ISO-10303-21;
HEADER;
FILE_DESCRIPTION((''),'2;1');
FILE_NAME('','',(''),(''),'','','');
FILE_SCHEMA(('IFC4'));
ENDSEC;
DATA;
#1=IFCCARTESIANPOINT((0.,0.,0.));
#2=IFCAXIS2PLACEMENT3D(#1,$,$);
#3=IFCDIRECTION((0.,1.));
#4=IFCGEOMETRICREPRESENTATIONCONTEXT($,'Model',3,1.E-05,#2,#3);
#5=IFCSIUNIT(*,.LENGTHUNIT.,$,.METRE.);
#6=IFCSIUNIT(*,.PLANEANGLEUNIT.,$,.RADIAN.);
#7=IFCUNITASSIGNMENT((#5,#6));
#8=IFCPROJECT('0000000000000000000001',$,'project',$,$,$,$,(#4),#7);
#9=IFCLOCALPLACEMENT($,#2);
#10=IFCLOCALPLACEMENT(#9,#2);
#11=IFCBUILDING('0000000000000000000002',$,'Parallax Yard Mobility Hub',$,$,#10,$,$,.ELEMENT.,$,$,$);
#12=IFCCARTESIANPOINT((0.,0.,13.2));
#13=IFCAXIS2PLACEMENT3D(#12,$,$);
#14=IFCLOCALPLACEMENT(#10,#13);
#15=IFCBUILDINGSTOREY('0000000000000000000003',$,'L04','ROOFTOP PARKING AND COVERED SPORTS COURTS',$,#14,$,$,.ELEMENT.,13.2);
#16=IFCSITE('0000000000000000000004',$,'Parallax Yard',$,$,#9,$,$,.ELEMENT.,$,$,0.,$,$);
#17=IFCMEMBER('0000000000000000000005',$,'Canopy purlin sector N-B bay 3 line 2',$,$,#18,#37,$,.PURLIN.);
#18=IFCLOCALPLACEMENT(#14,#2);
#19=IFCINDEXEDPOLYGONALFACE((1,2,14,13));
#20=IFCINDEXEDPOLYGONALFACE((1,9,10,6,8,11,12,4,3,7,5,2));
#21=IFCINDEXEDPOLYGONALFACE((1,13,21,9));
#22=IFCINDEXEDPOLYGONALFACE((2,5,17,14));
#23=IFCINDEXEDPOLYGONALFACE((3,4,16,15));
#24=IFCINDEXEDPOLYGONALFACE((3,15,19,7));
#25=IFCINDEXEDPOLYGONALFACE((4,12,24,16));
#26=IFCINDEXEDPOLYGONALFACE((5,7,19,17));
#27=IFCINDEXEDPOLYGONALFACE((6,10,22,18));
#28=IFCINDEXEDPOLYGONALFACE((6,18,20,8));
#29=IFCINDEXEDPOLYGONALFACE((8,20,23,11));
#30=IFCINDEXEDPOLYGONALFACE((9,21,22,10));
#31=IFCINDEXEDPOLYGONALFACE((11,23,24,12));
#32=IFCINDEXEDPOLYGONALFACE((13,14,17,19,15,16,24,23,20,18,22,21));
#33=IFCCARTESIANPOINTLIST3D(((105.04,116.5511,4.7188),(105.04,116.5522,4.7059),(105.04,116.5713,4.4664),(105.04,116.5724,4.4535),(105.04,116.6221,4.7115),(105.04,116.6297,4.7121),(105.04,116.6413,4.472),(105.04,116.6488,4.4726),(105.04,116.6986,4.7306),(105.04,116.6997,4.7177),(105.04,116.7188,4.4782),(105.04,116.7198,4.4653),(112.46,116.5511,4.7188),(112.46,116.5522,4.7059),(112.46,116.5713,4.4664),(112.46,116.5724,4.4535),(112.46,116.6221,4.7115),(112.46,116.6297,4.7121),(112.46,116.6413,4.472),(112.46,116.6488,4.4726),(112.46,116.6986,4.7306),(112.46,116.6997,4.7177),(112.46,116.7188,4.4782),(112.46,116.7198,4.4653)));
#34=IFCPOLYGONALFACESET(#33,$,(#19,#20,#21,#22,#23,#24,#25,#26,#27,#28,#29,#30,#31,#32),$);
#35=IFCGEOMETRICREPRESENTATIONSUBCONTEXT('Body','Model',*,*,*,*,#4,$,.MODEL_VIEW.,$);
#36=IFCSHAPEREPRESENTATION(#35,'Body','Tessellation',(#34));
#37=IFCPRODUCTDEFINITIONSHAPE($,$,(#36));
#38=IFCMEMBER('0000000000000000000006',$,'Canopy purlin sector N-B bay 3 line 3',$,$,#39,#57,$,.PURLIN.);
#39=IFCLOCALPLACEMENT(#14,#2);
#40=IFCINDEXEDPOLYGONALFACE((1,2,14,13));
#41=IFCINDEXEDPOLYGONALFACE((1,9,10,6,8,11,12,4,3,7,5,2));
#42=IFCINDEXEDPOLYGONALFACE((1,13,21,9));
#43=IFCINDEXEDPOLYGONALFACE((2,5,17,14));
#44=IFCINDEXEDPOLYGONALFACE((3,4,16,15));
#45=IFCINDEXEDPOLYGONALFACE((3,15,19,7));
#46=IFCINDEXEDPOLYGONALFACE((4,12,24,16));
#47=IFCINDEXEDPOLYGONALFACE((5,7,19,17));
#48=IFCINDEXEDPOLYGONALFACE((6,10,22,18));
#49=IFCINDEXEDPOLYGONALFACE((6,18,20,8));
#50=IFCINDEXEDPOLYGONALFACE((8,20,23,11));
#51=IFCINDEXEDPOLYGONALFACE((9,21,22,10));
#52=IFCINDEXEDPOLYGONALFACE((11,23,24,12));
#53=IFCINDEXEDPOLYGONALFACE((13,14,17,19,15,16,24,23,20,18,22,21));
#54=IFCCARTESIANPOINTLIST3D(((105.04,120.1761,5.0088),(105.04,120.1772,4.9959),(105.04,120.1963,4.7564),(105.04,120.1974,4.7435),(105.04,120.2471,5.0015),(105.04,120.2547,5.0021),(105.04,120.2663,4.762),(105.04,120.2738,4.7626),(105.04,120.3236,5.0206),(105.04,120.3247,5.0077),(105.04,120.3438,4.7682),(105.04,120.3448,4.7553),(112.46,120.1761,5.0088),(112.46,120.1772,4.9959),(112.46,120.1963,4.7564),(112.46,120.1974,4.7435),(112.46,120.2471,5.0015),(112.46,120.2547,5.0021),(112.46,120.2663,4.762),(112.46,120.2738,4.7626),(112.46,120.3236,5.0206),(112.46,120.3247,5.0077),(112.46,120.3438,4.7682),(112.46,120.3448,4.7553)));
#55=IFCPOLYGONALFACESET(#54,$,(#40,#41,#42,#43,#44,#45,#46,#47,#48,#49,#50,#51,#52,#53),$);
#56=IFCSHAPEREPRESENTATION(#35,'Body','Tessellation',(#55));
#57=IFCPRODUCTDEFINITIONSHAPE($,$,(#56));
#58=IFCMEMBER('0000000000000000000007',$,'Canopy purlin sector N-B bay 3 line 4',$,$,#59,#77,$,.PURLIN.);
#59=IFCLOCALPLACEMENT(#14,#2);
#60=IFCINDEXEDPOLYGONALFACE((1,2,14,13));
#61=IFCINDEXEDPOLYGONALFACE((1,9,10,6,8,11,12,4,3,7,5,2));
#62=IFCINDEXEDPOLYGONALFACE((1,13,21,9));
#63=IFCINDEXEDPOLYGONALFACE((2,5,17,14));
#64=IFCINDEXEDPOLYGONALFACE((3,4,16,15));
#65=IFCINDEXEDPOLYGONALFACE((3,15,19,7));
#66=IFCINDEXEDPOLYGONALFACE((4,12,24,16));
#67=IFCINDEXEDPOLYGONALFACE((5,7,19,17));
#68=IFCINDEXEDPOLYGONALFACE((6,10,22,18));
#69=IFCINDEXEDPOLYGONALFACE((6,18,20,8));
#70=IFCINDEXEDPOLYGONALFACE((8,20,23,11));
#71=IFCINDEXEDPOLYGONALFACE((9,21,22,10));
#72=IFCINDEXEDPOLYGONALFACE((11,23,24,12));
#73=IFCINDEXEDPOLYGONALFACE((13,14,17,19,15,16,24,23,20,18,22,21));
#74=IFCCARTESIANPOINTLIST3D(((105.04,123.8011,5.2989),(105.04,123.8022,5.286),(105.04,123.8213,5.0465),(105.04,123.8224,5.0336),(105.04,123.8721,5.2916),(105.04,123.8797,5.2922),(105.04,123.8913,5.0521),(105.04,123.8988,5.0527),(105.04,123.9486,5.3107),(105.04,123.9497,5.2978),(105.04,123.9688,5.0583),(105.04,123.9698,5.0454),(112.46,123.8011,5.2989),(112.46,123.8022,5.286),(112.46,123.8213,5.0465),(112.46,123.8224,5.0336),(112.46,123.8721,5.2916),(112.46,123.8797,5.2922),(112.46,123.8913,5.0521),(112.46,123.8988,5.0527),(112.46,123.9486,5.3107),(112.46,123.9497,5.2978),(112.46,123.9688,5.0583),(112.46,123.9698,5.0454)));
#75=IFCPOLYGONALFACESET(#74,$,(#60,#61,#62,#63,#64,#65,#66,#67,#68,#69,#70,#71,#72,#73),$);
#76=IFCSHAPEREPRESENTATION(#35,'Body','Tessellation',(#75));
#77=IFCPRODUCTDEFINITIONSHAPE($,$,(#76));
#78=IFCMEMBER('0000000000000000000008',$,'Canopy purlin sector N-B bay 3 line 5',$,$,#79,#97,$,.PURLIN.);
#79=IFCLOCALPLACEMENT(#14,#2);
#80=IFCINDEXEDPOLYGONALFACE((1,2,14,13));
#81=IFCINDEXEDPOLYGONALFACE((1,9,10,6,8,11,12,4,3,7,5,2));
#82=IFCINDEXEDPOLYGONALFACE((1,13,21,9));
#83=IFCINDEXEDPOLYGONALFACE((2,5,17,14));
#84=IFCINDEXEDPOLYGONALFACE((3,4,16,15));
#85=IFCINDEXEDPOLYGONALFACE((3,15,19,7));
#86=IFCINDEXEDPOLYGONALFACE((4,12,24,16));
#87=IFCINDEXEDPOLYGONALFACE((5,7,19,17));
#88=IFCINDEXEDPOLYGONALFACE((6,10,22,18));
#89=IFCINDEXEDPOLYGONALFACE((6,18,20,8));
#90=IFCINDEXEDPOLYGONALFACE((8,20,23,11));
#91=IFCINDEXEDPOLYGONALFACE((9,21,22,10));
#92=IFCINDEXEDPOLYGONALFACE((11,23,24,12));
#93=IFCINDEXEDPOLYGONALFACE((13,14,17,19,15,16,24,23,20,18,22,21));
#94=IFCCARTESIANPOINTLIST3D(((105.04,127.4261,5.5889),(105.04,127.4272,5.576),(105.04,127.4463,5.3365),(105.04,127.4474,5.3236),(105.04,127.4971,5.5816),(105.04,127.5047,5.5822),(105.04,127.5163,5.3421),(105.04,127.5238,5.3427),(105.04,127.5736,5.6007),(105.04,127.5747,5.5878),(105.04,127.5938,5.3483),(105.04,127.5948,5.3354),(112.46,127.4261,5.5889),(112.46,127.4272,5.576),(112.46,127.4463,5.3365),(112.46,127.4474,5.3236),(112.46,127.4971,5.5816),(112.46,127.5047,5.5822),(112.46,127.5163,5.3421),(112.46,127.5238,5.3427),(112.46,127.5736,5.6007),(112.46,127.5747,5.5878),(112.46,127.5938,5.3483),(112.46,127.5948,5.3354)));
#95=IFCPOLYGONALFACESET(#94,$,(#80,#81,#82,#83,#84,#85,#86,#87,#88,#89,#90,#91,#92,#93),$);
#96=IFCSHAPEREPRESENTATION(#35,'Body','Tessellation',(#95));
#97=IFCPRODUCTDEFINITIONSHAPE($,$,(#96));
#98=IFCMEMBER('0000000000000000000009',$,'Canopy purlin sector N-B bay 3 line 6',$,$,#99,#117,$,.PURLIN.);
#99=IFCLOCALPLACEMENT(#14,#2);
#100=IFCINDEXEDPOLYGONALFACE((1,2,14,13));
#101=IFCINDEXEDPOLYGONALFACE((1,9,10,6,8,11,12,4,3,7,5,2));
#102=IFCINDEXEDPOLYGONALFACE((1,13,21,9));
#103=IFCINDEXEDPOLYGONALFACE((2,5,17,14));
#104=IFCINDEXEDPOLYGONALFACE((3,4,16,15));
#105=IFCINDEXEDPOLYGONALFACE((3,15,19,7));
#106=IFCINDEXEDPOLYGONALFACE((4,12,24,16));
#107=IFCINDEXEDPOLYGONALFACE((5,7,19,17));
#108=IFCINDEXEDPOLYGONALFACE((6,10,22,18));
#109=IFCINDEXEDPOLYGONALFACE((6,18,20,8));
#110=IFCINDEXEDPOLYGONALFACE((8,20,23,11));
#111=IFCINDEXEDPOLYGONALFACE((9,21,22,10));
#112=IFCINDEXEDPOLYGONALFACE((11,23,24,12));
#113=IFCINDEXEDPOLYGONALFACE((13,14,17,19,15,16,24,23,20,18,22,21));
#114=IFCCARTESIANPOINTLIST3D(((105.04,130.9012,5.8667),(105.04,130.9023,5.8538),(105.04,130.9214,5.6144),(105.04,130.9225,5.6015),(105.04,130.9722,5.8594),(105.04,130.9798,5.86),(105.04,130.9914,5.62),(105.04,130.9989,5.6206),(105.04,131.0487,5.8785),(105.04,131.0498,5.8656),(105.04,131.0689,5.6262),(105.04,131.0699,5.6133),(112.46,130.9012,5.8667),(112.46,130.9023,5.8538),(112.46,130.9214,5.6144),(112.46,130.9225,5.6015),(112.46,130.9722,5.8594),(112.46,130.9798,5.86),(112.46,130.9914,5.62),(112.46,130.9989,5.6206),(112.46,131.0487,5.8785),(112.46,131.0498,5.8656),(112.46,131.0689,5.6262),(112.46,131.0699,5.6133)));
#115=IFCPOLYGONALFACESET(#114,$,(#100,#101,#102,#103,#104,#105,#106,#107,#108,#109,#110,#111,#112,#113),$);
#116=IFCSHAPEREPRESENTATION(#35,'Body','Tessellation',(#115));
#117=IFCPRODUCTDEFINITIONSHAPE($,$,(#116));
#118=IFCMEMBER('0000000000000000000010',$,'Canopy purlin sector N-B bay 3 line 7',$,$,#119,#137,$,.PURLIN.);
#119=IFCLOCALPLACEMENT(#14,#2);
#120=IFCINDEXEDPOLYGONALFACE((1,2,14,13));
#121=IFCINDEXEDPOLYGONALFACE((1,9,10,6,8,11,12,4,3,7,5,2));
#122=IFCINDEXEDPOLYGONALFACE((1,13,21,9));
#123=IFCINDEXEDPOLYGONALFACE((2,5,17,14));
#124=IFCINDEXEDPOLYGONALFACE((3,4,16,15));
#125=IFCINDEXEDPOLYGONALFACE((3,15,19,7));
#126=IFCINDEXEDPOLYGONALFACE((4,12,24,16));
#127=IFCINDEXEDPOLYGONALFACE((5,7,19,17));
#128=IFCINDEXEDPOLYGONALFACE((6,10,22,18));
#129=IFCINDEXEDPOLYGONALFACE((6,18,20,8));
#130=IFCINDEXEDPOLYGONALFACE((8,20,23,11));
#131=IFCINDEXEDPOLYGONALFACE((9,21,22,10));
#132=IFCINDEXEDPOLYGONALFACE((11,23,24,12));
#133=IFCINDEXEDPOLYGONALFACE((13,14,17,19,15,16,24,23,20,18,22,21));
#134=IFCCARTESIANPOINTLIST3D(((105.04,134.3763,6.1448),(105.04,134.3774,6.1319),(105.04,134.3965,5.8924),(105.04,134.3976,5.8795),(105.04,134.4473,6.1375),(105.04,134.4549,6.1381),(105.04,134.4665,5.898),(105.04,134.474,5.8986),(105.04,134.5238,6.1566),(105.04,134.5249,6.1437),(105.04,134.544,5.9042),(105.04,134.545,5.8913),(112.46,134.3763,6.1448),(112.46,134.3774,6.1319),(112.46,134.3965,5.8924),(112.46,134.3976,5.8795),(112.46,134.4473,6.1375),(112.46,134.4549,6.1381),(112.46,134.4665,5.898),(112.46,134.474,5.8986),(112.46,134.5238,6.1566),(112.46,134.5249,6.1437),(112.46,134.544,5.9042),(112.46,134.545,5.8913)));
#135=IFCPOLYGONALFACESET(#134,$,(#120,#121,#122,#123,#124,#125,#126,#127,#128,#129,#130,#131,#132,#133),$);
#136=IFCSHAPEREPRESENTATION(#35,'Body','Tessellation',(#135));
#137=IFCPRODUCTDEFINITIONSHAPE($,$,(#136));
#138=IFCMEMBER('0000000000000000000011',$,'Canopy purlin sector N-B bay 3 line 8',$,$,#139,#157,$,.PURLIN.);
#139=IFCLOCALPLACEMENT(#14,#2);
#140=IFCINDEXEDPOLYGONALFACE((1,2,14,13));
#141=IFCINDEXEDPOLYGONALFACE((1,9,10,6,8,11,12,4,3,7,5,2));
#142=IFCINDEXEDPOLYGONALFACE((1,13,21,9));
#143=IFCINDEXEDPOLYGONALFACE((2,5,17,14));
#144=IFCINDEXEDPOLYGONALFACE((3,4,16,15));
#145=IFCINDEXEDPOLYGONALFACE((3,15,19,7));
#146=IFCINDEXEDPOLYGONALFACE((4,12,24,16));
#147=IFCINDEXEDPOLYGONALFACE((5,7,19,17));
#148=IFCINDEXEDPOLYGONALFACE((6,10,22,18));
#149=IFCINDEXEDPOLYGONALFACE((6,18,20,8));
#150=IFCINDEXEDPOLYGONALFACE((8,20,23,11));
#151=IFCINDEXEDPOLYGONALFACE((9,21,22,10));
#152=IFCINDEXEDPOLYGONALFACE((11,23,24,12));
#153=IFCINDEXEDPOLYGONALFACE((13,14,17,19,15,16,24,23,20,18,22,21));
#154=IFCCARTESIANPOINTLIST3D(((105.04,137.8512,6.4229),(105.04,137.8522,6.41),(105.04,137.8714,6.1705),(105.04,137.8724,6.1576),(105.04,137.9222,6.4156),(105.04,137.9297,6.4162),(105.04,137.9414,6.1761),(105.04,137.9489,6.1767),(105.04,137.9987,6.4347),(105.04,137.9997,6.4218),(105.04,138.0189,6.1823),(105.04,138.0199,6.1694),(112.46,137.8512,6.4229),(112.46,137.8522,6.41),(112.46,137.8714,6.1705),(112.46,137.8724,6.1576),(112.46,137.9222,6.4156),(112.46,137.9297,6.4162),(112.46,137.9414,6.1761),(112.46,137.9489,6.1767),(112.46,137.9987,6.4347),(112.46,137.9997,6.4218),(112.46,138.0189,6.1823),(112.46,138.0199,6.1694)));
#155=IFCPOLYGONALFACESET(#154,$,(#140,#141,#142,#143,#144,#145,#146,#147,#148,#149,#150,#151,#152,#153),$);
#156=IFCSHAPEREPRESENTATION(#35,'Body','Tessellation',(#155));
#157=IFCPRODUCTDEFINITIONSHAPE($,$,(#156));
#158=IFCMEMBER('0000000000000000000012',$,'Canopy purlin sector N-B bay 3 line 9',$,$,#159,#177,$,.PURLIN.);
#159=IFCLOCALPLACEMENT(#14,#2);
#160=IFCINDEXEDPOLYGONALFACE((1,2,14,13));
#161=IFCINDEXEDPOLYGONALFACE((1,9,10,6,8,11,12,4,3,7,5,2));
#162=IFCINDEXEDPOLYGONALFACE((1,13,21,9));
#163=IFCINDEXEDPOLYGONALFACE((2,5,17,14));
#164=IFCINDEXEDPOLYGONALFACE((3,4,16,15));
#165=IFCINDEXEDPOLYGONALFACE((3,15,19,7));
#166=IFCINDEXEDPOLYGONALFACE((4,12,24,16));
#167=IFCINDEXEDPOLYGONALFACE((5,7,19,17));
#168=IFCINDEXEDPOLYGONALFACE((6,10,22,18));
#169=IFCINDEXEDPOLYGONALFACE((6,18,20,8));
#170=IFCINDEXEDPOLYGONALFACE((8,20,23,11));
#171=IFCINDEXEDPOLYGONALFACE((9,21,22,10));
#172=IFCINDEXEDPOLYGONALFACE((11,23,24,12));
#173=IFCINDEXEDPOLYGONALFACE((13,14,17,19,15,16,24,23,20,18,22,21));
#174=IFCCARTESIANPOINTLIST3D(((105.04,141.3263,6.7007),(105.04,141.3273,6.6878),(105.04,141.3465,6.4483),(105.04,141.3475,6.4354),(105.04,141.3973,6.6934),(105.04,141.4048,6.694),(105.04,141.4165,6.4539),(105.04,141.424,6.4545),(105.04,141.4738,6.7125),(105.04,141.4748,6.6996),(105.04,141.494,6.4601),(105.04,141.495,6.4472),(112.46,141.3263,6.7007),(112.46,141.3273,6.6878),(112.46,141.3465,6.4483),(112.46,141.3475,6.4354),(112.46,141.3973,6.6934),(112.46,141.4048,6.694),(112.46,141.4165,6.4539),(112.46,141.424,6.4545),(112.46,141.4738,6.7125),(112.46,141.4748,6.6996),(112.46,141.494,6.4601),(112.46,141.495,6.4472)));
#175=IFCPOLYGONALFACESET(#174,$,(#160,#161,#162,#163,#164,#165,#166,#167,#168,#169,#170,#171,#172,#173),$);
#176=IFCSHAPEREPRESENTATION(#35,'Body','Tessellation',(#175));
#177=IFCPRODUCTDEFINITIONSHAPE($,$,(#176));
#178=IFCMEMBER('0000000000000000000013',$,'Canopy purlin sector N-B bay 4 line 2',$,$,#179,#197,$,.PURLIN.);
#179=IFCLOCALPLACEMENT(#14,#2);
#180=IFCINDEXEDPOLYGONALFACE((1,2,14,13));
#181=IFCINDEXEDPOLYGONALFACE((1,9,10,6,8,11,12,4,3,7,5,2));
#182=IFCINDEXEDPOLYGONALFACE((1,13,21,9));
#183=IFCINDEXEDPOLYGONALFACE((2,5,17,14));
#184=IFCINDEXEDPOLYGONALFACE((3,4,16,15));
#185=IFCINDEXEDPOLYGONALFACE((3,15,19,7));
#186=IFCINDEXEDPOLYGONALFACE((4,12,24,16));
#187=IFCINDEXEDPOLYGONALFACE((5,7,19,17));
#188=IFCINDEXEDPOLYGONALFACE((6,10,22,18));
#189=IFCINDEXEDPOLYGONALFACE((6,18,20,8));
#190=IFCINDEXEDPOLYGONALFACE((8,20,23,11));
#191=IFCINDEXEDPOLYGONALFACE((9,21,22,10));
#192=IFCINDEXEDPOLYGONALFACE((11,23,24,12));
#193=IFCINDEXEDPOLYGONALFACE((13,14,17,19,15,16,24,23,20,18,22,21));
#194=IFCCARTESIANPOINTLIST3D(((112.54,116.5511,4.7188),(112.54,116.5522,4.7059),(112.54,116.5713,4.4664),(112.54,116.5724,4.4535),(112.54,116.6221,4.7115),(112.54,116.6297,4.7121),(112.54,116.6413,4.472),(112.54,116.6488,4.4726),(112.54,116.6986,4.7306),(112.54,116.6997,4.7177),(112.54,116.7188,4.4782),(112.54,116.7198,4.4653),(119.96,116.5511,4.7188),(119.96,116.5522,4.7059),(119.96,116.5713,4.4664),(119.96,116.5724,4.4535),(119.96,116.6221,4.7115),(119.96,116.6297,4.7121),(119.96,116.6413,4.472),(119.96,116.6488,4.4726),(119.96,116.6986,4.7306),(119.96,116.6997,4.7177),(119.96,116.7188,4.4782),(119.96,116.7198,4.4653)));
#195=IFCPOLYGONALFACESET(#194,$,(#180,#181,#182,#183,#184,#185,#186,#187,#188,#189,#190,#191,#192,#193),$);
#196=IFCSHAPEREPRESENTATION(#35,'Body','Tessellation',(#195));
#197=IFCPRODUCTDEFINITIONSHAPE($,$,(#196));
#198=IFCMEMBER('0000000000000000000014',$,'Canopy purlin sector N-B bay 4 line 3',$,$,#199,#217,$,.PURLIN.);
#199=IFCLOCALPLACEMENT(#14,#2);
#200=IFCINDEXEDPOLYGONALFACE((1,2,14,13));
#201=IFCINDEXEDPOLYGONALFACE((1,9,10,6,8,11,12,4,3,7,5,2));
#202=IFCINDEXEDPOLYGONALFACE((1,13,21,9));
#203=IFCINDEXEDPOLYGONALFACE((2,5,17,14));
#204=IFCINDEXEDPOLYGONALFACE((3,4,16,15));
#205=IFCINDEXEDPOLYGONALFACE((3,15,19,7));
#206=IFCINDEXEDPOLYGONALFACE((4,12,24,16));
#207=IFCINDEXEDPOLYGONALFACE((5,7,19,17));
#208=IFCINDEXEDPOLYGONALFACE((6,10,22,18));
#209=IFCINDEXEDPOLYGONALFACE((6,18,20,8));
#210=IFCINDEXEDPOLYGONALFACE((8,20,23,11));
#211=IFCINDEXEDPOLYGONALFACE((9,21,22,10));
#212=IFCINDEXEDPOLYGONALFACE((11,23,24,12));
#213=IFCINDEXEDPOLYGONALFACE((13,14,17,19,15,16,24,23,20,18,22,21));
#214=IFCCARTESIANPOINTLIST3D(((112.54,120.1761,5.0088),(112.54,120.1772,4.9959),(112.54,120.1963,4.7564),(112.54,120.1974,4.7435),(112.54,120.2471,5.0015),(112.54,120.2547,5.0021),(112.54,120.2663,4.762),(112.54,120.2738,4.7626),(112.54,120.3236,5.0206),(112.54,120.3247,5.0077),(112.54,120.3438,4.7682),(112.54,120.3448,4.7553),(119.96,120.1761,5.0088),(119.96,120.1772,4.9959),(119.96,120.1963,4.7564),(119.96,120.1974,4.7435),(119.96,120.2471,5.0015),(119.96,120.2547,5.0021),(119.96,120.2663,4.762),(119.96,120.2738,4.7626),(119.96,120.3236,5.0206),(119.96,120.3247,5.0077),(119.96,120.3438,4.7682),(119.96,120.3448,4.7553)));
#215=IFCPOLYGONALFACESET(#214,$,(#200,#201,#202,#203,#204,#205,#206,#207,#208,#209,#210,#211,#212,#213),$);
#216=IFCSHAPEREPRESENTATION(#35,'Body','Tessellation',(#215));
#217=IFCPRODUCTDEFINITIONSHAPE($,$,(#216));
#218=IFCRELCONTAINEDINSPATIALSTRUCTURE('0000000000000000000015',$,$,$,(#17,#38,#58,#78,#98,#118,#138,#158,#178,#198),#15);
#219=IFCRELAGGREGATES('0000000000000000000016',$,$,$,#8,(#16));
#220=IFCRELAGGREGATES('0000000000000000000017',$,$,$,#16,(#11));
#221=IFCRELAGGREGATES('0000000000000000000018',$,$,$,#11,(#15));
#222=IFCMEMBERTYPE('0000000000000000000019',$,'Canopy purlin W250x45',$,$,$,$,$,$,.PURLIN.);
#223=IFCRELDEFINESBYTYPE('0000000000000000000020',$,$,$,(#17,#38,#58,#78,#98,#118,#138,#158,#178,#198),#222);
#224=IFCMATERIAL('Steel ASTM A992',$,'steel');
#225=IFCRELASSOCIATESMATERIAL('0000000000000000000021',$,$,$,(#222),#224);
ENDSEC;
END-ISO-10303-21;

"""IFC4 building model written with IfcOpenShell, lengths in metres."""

from ifc_helpers import new_model, si_unit, direction, frame, origin, origin_2d, place, context, subcontext, project, spatial, i_section, extrude, material, material_profile, profile_set, type_object, element, save


model = new_model("IFC4")

# Units and contexts
model_context = context("Model", 3, precision=1e-05, world=origin(), true_north=direction((0.0, 1.0)))
body_context = subcontext(model_context, "Body", "Model", "MODEL_VIEW")
ifc_project = project(units=[si_unit("LENGTHUNIT", "METRE"), si_unit("PLANEANGLEUNIT", "RADIAN")], contexts=[model_context])

# Site, building, storey
site_placement = place(None, origin())
site = spatial("IfcSite", under=ifc_project, at=site_placement, Name="Parallax Yard", CompositionType="ELEMENT", RefElevation=0.0)
building_placement = place(site_placement, origin())
building = spatial("IfcBuilding", under=site, at=building_placement, Name="Parallax Yard Mobility Hub", CompositionType="ELEMENT")
storey_placement = place(building_placement, frame((0.0, 0.0, 13.2)))
storey = spatial("IfcBuildingStorey", under=building, at=storey_placement, Name="L04", Description="ROOFTOP PARKING AND COVERED SPORTS COURTS", CompositionType="ELEMENT", Elevation=13.2)

# Members
ifc_material_1 = material(Name="Steel ASTM A992", Category="steel")
ifc_material_profile_1 = material_profile(ifc_material_1, i_section(OverallWidth=0.1479, OverallDepth=0.2661, WebThickness=0.0076, FlangeThickness=0.0129, at=origin_2d()), Name="W250x45")
ifc_profile_set_1 = profile_set([ifc_material_profile_1], Name="Steel ASTM A992")
member_type_1 = type_object("IfcMemberType", Name="Canopy purlin W250x45", PredefinedType="PURLIN", material=ifc_profile_set_1)
for number, where, z_axis, x_axis, name in (
    (1, (105.04, 116.6355, 4.592), (1.0, 0.0, 0.0), (0.0, 0.996815, 0.079745), "Canopy purlin sector N-B bay 3 line 2"),
    (2, (105.04, 120.2605, 4.8821), (1.0, 0.0, 0.0), (0.0, 0.996815, 0.079745), "Canopy purlin sector N-B bay 3 line 3"),
    (3, (105.04, 123.8855, 5.1721), (1.0, 0.0, 0.0), (0.0, 0.996815, 0.079745), "Canopy purlin sector N-B bay 3 line 4"),
    (4, (105.04, 127.5105, 5.4622), (1.0, 0.0, 0.0), (0.0, 0.996815, 0.079745), "Canopy purlin sector N-B bay 3 line 5"),
    (5, (105.04, 130.9856, 5.74), (1.0, 0.0, 0.0), (0.0, 0.996815, 0.079745), "Canopy purlin sector N-B bay 3 line 6"),
    (6, (105.04, 134.4607, 6.0181), (1.0, 0.0, 0.0), (0.0, 0.996815, 0.079745), "Canopy purlin sector N-B bay 3 line 7"),
    (7, (105.04, 137.9355, 6.2961), (1.0, 0.0, 0.0), (0.0, 0.996815, 0.079745), "Canopy purlin sector N-B bay 3 line 8"),
    (8, (105.04, 141.4106, 6.574), (1.0, 0.0, 0.0), (0.0, 0.996815, 0.079745), "Canopy purlin sector N-B bay 3 line 9"),
    (9, (112.54, 116.6355, 4.592), (1.0, 0.0, 0.0), (0.0, 0.996815, 0.079745), "Canopy purlin sector N-B bay 4 line 2"),
    (10, (112.54, 120.2605, 4.8821), (1.0, 0.0, 0.0), (0.0, 0.996815, 0.079745), "Canopy purlin sector N-B bay 4 line 3"),
):
    element("IfcMember", number, at=place(storey_placement, frame(where, z_axis=z_axis, x_axis=x_axis)), inside=storey, type_object=member_type_1, Name=name, PredefinedType="PURLIN", context=body_context, shape_type="SweptSolid", body=[
        extrude(i_section(OverallWidth=0.1479, OverallDepth=0.2661, WebThickness=0.0076, FlangeThickness=0.0129, at=origin_2d()), origin(), (0.0, 0.0, 1.0), 7.4199),
    ])

save(model, "model.ifc")
